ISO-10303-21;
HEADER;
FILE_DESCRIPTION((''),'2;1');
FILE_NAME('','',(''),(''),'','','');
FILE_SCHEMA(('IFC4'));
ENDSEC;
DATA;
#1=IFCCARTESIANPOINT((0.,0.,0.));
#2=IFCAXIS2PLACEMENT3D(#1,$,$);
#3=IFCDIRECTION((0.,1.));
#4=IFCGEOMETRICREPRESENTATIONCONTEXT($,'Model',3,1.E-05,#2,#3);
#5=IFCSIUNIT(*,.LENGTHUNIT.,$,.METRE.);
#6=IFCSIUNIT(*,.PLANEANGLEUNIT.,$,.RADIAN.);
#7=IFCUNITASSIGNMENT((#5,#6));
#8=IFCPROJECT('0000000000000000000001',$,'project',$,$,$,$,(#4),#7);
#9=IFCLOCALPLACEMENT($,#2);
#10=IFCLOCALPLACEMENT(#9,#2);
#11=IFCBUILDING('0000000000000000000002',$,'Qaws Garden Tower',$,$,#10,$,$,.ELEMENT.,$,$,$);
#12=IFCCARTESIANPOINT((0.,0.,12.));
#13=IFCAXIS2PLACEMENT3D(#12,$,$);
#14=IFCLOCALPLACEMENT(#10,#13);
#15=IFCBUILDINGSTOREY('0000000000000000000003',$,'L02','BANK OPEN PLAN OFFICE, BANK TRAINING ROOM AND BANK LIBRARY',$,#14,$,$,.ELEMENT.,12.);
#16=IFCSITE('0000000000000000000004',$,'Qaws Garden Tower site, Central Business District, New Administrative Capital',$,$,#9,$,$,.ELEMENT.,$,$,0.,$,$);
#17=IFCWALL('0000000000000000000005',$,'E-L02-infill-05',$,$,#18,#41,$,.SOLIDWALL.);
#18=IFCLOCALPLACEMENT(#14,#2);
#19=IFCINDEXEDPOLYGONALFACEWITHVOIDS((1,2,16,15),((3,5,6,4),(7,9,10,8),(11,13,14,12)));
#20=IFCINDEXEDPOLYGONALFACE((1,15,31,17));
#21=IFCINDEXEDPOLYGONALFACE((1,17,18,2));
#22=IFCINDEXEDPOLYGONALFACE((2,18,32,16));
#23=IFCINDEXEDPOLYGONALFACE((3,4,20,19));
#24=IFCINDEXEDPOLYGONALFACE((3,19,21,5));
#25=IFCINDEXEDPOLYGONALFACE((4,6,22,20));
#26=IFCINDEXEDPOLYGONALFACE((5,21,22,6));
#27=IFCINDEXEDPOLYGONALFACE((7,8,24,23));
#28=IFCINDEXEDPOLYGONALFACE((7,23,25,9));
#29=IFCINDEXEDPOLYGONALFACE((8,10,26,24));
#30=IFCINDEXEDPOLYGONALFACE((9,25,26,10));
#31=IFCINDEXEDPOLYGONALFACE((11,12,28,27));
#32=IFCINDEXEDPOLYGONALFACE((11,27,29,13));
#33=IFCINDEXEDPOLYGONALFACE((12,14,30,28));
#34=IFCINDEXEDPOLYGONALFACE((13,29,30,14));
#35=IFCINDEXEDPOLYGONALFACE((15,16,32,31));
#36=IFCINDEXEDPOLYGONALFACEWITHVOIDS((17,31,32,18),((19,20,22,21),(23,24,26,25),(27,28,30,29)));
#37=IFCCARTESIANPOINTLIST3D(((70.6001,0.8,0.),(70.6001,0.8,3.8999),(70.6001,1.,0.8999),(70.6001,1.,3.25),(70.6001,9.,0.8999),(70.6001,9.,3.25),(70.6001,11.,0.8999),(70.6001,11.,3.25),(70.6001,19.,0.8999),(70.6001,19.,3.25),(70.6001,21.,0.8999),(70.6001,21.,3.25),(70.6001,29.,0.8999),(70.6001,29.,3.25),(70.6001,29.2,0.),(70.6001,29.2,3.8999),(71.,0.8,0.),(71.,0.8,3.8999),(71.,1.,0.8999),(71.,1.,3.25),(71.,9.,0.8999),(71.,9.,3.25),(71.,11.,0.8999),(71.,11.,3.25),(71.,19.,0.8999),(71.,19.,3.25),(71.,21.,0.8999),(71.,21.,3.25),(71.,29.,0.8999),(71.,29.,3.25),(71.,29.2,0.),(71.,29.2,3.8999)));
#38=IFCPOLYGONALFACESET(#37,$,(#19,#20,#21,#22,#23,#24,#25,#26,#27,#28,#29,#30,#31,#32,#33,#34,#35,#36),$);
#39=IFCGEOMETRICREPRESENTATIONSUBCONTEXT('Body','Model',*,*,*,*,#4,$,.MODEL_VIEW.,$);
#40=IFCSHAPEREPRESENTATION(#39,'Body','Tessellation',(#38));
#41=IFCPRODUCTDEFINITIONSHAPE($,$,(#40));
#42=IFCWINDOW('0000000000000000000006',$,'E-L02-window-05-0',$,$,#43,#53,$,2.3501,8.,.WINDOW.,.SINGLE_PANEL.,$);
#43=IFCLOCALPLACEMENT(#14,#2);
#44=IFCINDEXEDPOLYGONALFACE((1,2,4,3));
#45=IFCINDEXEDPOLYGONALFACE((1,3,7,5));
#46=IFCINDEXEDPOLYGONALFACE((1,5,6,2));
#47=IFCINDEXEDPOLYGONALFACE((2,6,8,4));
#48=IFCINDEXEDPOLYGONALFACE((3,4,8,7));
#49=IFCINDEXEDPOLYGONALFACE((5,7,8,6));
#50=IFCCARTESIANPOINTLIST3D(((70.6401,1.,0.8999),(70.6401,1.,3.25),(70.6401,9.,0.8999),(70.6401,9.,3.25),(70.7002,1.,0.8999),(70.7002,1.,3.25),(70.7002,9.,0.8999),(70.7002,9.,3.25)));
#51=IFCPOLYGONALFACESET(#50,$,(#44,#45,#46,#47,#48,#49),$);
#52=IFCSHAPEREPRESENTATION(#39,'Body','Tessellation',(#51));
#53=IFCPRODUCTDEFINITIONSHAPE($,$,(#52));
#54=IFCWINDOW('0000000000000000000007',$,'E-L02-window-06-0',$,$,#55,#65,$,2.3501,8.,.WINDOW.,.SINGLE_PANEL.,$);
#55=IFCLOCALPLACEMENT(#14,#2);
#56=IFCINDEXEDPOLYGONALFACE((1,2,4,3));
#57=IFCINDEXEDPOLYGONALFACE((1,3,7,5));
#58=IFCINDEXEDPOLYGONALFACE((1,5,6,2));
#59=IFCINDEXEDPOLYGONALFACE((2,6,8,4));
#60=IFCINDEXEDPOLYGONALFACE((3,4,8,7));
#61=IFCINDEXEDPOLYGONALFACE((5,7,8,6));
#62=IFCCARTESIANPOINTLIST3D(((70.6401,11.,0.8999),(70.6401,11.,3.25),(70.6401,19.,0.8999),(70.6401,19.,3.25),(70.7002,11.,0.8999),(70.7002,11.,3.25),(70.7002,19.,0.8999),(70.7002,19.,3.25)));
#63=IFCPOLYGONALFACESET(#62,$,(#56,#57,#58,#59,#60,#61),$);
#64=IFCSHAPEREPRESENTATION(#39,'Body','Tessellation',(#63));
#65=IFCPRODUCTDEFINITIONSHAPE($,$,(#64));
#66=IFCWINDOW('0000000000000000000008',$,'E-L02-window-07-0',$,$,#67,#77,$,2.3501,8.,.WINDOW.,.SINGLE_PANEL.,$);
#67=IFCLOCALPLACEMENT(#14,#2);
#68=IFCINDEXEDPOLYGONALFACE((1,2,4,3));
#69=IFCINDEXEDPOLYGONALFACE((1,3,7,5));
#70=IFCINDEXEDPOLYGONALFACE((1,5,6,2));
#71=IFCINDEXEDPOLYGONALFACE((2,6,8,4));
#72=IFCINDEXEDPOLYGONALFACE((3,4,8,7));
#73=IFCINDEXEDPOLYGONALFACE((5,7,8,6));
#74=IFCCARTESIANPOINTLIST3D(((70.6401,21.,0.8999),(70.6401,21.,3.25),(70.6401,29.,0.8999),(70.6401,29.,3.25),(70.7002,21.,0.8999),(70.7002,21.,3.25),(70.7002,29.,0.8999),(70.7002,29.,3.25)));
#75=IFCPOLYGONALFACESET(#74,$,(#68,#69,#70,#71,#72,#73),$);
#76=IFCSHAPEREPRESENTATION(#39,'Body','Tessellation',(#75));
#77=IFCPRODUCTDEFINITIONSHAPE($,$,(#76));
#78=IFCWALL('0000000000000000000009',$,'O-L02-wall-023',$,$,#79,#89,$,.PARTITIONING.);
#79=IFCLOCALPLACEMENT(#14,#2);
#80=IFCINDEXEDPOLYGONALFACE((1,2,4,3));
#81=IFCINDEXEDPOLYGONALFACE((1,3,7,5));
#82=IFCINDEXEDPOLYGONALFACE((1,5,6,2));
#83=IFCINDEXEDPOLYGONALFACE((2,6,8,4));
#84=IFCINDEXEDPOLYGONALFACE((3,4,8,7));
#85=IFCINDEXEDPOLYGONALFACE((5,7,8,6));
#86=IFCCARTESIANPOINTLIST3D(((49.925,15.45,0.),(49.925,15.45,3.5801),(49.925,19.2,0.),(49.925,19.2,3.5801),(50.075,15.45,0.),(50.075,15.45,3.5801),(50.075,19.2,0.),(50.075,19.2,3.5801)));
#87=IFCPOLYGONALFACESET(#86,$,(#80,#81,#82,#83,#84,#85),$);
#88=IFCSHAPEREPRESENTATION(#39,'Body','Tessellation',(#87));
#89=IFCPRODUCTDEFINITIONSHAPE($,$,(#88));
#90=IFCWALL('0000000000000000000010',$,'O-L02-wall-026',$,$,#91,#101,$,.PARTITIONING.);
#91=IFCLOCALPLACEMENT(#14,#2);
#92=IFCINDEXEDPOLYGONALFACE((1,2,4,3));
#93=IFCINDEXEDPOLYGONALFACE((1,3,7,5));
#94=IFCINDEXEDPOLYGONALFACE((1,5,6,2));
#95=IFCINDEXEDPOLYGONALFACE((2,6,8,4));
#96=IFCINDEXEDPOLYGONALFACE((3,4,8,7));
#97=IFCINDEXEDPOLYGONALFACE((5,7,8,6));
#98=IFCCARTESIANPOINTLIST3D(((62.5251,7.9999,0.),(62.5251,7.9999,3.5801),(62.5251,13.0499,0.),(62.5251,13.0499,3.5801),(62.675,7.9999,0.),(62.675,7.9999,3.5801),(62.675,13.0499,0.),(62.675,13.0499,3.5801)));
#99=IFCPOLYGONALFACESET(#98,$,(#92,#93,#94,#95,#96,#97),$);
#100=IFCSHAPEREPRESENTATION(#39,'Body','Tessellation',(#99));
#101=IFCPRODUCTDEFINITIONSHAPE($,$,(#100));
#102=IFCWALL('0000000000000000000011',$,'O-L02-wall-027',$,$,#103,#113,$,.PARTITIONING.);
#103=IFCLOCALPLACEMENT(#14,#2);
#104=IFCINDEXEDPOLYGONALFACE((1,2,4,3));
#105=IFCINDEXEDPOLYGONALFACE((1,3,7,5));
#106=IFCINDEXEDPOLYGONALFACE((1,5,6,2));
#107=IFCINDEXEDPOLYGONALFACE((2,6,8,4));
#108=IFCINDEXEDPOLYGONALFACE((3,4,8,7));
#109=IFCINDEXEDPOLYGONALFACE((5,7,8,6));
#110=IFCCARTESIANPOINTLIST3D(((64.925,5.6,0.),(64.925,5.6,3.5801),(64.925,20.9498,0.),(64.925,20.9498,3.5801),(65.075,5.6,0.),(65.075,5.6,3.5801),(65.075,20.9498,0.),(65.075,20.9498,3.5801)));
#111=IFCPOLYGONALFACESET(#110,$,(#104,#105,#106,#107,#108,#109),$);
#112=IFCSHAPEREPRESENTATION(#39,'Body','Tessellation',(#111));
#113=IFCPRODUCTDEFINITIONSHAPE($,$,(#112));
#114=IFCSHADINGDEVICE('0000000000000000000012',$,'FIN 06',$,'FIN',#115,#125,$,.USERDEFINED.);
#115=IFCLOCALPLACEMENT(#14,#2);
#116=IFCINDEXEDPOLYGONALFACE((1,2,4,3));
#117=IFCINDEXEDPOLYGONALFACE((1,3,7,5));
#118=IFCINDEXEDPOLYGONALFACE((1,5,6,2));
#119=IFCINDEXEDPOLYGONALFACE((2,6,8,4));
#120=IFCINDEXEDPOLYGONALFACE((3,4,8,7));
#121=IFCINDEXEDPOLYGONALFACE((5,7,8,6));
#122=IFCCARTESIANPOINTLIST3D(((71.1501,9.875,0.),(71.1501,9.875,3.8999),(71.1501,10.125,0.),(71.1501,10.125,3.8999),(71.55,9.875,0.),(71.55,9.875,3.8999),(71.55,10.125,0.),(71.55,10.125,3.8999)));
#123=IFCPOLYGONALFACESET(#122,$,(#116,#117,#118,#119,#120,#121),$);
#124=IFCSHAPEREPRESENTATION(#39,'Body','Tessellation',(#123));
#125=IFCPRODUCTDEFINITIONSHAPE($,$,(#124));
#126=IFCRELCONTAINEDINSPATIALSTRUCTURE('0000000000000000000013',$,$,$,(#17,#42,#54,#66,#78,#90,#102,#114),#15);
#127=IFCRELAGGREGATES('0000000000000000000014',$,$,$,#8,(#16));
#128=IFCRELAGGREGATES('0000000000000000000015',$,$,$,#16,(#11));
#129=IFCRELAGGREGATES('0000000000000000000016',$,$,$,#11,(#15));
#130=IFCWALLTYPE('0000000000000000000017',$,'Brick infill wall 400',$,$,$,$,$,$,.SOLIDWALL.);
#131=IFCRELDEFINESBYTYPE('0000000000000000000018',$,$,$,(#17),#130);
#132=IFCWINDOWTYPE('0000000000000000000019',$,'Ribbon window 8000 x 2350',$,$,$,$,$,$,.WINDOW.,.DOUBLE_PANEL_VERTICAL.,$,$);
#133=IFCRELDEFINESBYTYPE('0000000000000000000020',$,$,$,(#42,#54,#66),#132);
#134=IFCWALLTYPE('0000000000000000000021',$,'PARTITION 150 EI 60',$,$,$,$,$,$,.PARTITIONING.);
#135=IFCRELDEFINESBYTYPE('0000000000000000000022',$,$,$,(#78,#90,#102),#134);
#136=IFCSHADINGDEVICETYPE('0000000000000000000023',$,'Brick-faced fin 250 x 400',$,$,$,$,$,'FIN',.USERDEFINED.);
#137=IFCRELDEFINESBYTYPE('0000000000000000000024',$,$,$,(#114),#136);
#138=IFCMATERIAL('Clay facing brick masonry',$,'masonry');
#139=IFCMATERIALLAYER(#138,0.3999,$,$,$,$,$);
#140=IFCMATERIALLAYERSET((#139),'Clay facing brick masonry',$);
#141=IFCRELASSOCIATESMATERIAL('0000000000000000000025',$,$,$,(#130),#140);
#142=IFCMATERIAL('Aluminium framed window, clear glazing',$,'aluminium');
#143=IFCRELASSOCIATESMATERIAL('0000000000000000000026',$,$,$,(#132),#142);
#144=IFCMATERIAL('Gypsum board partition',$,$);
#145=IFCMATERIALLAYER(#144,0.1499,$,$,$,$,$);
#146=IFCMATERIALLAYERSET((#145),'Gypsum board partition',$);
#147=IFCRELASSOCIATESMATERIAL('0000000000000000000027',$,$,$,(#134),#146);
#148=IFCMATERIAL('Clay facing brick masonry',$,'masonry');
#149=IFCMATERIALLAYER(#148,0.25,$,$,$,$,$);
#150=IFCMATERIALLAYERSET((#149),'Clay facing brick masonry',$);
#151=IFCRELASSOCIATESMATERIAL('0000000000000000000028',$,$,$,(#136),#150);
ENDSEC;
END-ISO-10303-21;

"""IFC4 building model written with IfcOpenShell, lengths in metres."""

from ifc_helpers import new_model, si_unit, direction, frame, frame_2d, origin, origin_2d, place, context, subcontext, project, spatial, rectangle, extrude, material, layer, layer_set, type_object, element, fill, save


model = new_model("IFC4")

# Units and contexts
model_context = context("Model", 3, precision=1e-05, world=origin(), true_north=direction((0.0, 1.0)))
body_context = subcontext(model_context, "Body", "Model", "MODEL_VIEW")
ifc_project = project(units=[si_unit("LENGTHUNIT", "METRE"), si_unit("PLANEANGLEUNIT", "RADIAN")], contexts=[model_context])

# Site, building, storey
site_placement = place(None, origin())
site = spatial("IfcSite", under=ifc_project, at=site_placement, Name="Qaws Garden Tower site, Central Business District, New Administrative Capital", CompositionType="ELEMENT", RefElevation=0.0)
building_placement = place(site_placement, origin())
building = spatial("IfcBuilding", under=site, at=building_placement, Name="Qaws Garden Tower", CompositionType="ELEMENT")
storey_placement = place(building_placement, frame((0.0, 0.0, 12.0)))
storey = spatial("IfcBuildingStorey", under=building, at=storey_placement, Name="L02", Description="BANK OPEN PLAN OFFICE, BANK TRAINING ROOM AND BANK LIBRARY", CompositionType="ELEMENT", Elevation=12.0)

# Wall, openings, windows
ifc_material_1 = material(Name="Clay facing brick masonry", Category="masonry")
ifc_layer_1 = layer(ifc_material_1, 0.3999)
ifc_layer_set_1 = layer_set([ifc_layer_1], Name="Clay facing brick masonry")
wall_type_1 = type_object("IfcWallType", Name="Brick infill wall 400", PredefinedType="SOLIDWALL", material=ifc_layer_set_1)
wall_1_placement = place(storey_placement, frame((70.8, 0.8, 0.0), z_axis=(0.0, 0.0, 1.0), x_axis=(0.0, 1.0, 0.0)))
wall_1 = element("IfcWall", 1, at=wall_1_placement, inside=storey, type_object=wall_type_1, Name="E-L02-infill-05", PredefinedType="SOLIDWALL", context=body_context, shape_type="SweptSolid", body=[
    extrude(rectangle(XDim=28.3999, YDim=0.3999, at=frame_2d((14.2, 0.0))), origin(), (0.0, 0.0, 1.0), 3.8999),
])
opening_1_placement = place(wall_1_placement, frame((0.2, 0.0, 0.8999)))
opening_1 = element("IfcOpeningElement", 2, at=opening_1_placement, cuts=wall_1, PredefinedType="OPENING", context=body_context, shape_type="SweptSolid", body=[
    extrude(rectangle(XDim=8.0, YDim=2.3501, at=frame_2d((4.0, 1.175))), frame((0.0, 0.21, 0.0), z_axis=(0.0, -1.0, 0.0), x_axis=(1.0, 0.0, 0.0)), (0.0, 0.0, 1.0), 0.4199),
])
opening_2_placement = place(wall_1_placement, frame((10.2, 0.0, 0.8999)))
opening_2 = element("IfcOpeningElement", 3, at=opening_2_placement, cuts=wall_1, PredefinedType="OPENING", context=body_context, shape_type="SweptSolid", body=[
    extrude(rectangle(XDim=8.0, YDim=2.3501, at=frame_2d((4.0, 1.175))), frame((0.0, 0.21, 0.0), z_axis=(0.0, -1.0, 0.0), x_axis=(1.0, 0.0, 0.0)), (0.0, 0.0, 1.0), 0.4199),
])
opening_3_placement = place(wall_1_placement, frame((20.2, 0.0, 0.8999)))
opening_3 = element("IfcOpeningElement", 4, at=opening_3_placement, cuts=wall_1, PredefinedType="OPENING", context=body_context, shape_type="SweptSolid", body=[
    extrude(rectangle(XDim=8.0, YDim=2.3501, at=frame_2d((4.0, 1.175))), frame((0.0, 0.21, 0.0), z_axis=(0.0, -1.0, 0.0), x_axis=(1.0, 0.0, 0.0)), (0.0, 0.0, 1.0), 0.4199),
])
ifc_material_2 = material(Name="Aluminium framed window, clear glazing", Category="aluminium")
window_type = type_object("IfcWindowType", Name="Ribbon window 8000 x 2350", PartitioningType="DOUBLE_PANEL_VERTICAL", PredefinedType="WINDOW", material=ifc_material_2)
window_1_placement = place(opening_1_placement, origin())
window_1 = element("IfcWindow", 5, at=window_1_placement, inside=storey, type_object=window_type, Name="E-L02-window-05-0", OverallHeight=2.3501, OverallWidth=8.0, PartitioningType="SINGLE_PANEL", PredefinedType="WINDOW", context=body_context, shape_type="SweptSolid", body=[
    extrude(rectangle(XDim=8.0, YDim=2.3501, at=frame_2d((4.0, 1.175))), frame((0.0, 0.1599, 0.0), z_axis=(0.0, -1.0, 0.0), x_axis=(1.0, 0.0, 0.0)), (0.0, 0.0, 1.0), 0.0601),
])
fill(opening_1, window_1)
window_2_placement = place(opening_2_placement, origin())
window_2 = element("IfcWindow", 6, at=window_2_placement, inside=storey, type_object=window_type, Name="E-L02-window-06-0", OverallHeight=2.3501, OverallWidth=8.0, PartitioningType="SINGLE_PANEL", PredefinedType="WINDOW", context=body_context, shape_type="SweptSolid", body=[
    extrude(rectangle(XDim=8.0, YDim=2.3501, at=frame_2d((4.0, 1.175))), frame((0.0, 0.1599, 0.0), z_axis=(0.0, -1.0, 0.0), x_axis=(1.0, 0.0, 0.0)), (0.0, 0.0, 1.0), 0.0601),
])
fill(opening_2, window_2)
window_3_placement = place(opening_3_placement, origin())
window_3 = element("IfcWindow", 7, at=window_3_placement, inside=storey, type_object=window_type, Name="E-L02-window-07-0", OverallHeight=2.3501, OverallWidth=8.0, PartitioningType="SINGLE_PANEL", PredefinedType="WINDOW", context=body_context, shape_type="SweptSolid", body=[
    extrude(rectangle(XDim=8.0, YDim=2.3501, at=frame_2d((4.0, 1.175))), frame((0.0, 0.1599, 0.0), z_axis=(0.0, -1.0, 0.0), x_axis=(1.0, 0.0, 0.0)), (0.0, 0.0, 1.0), 0.0601),
])
fill(opening_3, window_3)

# Walls
ifc_material_3 = material(Name="Gypsum board partition")
ifc_layer_2 = layer(ifc_material_3, 0.1499)
ifc_layer_set_2 = layer_set([ifc_layer_2], Name="Gypsum board partition")
wall_type_2 = type_object("IfcWallType", Name="PARTITION 150 EI 60", PredefinedType="PARTITIONING", material=ifc_layer_set_2)
wall_2_placement = place(storey_placement, frame((50.0, 15.45, 0.0), z_axis=(0.0, 0.0, 1.0), x_axis=(0.0, 1.0, 0.0)))
element("IfcWall", 8, at=wall_2_placement, inside=storey, type_object=wall_type_2, Name="O-L02-wall-023", PredefinedType="PARTITIONING", context=body_context, shape_type="SweptSolid", body=[
    extrude(rectangle(XDim=3.75, YDim=0.1499, at=frame_2d((1.875, 0.0))), origin(), (0.0, 0.0, 1.0), 3.5801),
])
wall_3_placement = place(storey_placement, frame((62.6001, 8.0, 0.0), z_axis=(0.0, 0.0, 1.0), x_axis=(0.0, 1.0, 0.0)))
element("IfcWall", 9, at=wall_3_placement, inside=storey, type_object=wall_type_2, Name="O-L02-wall-026", PredefinedType="PARTITIONING", context=body_context, shape_type="SweptSolid", body=[
    extrude(rectangle(XDim=5.05, YDim=0.1499, at=frame_2d((2.5249, 0.0))), origin(), (0.0, 0.0, 1.0), 3.5801),
])
wall_4_placement = place(storey_placement, frame((65.0, 5.6001, 0.0), z_axis=(0.0, 0.0, 1.0), x_axis=(0.0, 1.0, 0.0)))
element("IfcWall", 10, at=wall_4_placement, inside=storey, type_object=wall_type_2, Name="O-L02-wall-027", PredefinedType="PARTITIONING", context=body_context, shape_type="SweptSolid", body=[
    extrude(rectangle(XDim=15.3499, YDim=0.1499, at=frame_2d((7.6748, 0.0))), origin(), (0.0, 0.0, 1.0), 3.5801),
])

# Shading device
ifc_material_4 = material(Name="Clay facing brick masonry", Category="masonry")
ifc_layer_3 = layer(ifc_material_4, 0.25)
ifc_layer_set_3 = layer_set([ifc_layer_3], Name="Clay facing brick masonry")
shading_device_type = type_object("IfcShadingDeviceType", Name="Brick-faced fin 250 x 400", ElementType="FIN", PredefinedType="USERDEFINED", material=ifc_layer_set_3)
shading_device_placement = place(storey_placement, frame((71.3501, 10.0, 0.0), z_axis=(0.0, 0.0, 1.0), x_axis=(0.0, 1.0, 0.0)))
element("IfcShadingDevice", 11, at=shading_device_placement, inside=storey, type_object=shading_device_type, Name="FIN 06", ObjectType="FIN", PredefinedType="USERDEFINED", context=body_context, shape_type="SweptSolid", body=[
    extrude(rectangle(XDim=0.25, YDim=0.3999, at=origin_2d()), origin(), (0.0, 0.0, 1.0), 3.8999),
])

save(model, "model.ifc")
